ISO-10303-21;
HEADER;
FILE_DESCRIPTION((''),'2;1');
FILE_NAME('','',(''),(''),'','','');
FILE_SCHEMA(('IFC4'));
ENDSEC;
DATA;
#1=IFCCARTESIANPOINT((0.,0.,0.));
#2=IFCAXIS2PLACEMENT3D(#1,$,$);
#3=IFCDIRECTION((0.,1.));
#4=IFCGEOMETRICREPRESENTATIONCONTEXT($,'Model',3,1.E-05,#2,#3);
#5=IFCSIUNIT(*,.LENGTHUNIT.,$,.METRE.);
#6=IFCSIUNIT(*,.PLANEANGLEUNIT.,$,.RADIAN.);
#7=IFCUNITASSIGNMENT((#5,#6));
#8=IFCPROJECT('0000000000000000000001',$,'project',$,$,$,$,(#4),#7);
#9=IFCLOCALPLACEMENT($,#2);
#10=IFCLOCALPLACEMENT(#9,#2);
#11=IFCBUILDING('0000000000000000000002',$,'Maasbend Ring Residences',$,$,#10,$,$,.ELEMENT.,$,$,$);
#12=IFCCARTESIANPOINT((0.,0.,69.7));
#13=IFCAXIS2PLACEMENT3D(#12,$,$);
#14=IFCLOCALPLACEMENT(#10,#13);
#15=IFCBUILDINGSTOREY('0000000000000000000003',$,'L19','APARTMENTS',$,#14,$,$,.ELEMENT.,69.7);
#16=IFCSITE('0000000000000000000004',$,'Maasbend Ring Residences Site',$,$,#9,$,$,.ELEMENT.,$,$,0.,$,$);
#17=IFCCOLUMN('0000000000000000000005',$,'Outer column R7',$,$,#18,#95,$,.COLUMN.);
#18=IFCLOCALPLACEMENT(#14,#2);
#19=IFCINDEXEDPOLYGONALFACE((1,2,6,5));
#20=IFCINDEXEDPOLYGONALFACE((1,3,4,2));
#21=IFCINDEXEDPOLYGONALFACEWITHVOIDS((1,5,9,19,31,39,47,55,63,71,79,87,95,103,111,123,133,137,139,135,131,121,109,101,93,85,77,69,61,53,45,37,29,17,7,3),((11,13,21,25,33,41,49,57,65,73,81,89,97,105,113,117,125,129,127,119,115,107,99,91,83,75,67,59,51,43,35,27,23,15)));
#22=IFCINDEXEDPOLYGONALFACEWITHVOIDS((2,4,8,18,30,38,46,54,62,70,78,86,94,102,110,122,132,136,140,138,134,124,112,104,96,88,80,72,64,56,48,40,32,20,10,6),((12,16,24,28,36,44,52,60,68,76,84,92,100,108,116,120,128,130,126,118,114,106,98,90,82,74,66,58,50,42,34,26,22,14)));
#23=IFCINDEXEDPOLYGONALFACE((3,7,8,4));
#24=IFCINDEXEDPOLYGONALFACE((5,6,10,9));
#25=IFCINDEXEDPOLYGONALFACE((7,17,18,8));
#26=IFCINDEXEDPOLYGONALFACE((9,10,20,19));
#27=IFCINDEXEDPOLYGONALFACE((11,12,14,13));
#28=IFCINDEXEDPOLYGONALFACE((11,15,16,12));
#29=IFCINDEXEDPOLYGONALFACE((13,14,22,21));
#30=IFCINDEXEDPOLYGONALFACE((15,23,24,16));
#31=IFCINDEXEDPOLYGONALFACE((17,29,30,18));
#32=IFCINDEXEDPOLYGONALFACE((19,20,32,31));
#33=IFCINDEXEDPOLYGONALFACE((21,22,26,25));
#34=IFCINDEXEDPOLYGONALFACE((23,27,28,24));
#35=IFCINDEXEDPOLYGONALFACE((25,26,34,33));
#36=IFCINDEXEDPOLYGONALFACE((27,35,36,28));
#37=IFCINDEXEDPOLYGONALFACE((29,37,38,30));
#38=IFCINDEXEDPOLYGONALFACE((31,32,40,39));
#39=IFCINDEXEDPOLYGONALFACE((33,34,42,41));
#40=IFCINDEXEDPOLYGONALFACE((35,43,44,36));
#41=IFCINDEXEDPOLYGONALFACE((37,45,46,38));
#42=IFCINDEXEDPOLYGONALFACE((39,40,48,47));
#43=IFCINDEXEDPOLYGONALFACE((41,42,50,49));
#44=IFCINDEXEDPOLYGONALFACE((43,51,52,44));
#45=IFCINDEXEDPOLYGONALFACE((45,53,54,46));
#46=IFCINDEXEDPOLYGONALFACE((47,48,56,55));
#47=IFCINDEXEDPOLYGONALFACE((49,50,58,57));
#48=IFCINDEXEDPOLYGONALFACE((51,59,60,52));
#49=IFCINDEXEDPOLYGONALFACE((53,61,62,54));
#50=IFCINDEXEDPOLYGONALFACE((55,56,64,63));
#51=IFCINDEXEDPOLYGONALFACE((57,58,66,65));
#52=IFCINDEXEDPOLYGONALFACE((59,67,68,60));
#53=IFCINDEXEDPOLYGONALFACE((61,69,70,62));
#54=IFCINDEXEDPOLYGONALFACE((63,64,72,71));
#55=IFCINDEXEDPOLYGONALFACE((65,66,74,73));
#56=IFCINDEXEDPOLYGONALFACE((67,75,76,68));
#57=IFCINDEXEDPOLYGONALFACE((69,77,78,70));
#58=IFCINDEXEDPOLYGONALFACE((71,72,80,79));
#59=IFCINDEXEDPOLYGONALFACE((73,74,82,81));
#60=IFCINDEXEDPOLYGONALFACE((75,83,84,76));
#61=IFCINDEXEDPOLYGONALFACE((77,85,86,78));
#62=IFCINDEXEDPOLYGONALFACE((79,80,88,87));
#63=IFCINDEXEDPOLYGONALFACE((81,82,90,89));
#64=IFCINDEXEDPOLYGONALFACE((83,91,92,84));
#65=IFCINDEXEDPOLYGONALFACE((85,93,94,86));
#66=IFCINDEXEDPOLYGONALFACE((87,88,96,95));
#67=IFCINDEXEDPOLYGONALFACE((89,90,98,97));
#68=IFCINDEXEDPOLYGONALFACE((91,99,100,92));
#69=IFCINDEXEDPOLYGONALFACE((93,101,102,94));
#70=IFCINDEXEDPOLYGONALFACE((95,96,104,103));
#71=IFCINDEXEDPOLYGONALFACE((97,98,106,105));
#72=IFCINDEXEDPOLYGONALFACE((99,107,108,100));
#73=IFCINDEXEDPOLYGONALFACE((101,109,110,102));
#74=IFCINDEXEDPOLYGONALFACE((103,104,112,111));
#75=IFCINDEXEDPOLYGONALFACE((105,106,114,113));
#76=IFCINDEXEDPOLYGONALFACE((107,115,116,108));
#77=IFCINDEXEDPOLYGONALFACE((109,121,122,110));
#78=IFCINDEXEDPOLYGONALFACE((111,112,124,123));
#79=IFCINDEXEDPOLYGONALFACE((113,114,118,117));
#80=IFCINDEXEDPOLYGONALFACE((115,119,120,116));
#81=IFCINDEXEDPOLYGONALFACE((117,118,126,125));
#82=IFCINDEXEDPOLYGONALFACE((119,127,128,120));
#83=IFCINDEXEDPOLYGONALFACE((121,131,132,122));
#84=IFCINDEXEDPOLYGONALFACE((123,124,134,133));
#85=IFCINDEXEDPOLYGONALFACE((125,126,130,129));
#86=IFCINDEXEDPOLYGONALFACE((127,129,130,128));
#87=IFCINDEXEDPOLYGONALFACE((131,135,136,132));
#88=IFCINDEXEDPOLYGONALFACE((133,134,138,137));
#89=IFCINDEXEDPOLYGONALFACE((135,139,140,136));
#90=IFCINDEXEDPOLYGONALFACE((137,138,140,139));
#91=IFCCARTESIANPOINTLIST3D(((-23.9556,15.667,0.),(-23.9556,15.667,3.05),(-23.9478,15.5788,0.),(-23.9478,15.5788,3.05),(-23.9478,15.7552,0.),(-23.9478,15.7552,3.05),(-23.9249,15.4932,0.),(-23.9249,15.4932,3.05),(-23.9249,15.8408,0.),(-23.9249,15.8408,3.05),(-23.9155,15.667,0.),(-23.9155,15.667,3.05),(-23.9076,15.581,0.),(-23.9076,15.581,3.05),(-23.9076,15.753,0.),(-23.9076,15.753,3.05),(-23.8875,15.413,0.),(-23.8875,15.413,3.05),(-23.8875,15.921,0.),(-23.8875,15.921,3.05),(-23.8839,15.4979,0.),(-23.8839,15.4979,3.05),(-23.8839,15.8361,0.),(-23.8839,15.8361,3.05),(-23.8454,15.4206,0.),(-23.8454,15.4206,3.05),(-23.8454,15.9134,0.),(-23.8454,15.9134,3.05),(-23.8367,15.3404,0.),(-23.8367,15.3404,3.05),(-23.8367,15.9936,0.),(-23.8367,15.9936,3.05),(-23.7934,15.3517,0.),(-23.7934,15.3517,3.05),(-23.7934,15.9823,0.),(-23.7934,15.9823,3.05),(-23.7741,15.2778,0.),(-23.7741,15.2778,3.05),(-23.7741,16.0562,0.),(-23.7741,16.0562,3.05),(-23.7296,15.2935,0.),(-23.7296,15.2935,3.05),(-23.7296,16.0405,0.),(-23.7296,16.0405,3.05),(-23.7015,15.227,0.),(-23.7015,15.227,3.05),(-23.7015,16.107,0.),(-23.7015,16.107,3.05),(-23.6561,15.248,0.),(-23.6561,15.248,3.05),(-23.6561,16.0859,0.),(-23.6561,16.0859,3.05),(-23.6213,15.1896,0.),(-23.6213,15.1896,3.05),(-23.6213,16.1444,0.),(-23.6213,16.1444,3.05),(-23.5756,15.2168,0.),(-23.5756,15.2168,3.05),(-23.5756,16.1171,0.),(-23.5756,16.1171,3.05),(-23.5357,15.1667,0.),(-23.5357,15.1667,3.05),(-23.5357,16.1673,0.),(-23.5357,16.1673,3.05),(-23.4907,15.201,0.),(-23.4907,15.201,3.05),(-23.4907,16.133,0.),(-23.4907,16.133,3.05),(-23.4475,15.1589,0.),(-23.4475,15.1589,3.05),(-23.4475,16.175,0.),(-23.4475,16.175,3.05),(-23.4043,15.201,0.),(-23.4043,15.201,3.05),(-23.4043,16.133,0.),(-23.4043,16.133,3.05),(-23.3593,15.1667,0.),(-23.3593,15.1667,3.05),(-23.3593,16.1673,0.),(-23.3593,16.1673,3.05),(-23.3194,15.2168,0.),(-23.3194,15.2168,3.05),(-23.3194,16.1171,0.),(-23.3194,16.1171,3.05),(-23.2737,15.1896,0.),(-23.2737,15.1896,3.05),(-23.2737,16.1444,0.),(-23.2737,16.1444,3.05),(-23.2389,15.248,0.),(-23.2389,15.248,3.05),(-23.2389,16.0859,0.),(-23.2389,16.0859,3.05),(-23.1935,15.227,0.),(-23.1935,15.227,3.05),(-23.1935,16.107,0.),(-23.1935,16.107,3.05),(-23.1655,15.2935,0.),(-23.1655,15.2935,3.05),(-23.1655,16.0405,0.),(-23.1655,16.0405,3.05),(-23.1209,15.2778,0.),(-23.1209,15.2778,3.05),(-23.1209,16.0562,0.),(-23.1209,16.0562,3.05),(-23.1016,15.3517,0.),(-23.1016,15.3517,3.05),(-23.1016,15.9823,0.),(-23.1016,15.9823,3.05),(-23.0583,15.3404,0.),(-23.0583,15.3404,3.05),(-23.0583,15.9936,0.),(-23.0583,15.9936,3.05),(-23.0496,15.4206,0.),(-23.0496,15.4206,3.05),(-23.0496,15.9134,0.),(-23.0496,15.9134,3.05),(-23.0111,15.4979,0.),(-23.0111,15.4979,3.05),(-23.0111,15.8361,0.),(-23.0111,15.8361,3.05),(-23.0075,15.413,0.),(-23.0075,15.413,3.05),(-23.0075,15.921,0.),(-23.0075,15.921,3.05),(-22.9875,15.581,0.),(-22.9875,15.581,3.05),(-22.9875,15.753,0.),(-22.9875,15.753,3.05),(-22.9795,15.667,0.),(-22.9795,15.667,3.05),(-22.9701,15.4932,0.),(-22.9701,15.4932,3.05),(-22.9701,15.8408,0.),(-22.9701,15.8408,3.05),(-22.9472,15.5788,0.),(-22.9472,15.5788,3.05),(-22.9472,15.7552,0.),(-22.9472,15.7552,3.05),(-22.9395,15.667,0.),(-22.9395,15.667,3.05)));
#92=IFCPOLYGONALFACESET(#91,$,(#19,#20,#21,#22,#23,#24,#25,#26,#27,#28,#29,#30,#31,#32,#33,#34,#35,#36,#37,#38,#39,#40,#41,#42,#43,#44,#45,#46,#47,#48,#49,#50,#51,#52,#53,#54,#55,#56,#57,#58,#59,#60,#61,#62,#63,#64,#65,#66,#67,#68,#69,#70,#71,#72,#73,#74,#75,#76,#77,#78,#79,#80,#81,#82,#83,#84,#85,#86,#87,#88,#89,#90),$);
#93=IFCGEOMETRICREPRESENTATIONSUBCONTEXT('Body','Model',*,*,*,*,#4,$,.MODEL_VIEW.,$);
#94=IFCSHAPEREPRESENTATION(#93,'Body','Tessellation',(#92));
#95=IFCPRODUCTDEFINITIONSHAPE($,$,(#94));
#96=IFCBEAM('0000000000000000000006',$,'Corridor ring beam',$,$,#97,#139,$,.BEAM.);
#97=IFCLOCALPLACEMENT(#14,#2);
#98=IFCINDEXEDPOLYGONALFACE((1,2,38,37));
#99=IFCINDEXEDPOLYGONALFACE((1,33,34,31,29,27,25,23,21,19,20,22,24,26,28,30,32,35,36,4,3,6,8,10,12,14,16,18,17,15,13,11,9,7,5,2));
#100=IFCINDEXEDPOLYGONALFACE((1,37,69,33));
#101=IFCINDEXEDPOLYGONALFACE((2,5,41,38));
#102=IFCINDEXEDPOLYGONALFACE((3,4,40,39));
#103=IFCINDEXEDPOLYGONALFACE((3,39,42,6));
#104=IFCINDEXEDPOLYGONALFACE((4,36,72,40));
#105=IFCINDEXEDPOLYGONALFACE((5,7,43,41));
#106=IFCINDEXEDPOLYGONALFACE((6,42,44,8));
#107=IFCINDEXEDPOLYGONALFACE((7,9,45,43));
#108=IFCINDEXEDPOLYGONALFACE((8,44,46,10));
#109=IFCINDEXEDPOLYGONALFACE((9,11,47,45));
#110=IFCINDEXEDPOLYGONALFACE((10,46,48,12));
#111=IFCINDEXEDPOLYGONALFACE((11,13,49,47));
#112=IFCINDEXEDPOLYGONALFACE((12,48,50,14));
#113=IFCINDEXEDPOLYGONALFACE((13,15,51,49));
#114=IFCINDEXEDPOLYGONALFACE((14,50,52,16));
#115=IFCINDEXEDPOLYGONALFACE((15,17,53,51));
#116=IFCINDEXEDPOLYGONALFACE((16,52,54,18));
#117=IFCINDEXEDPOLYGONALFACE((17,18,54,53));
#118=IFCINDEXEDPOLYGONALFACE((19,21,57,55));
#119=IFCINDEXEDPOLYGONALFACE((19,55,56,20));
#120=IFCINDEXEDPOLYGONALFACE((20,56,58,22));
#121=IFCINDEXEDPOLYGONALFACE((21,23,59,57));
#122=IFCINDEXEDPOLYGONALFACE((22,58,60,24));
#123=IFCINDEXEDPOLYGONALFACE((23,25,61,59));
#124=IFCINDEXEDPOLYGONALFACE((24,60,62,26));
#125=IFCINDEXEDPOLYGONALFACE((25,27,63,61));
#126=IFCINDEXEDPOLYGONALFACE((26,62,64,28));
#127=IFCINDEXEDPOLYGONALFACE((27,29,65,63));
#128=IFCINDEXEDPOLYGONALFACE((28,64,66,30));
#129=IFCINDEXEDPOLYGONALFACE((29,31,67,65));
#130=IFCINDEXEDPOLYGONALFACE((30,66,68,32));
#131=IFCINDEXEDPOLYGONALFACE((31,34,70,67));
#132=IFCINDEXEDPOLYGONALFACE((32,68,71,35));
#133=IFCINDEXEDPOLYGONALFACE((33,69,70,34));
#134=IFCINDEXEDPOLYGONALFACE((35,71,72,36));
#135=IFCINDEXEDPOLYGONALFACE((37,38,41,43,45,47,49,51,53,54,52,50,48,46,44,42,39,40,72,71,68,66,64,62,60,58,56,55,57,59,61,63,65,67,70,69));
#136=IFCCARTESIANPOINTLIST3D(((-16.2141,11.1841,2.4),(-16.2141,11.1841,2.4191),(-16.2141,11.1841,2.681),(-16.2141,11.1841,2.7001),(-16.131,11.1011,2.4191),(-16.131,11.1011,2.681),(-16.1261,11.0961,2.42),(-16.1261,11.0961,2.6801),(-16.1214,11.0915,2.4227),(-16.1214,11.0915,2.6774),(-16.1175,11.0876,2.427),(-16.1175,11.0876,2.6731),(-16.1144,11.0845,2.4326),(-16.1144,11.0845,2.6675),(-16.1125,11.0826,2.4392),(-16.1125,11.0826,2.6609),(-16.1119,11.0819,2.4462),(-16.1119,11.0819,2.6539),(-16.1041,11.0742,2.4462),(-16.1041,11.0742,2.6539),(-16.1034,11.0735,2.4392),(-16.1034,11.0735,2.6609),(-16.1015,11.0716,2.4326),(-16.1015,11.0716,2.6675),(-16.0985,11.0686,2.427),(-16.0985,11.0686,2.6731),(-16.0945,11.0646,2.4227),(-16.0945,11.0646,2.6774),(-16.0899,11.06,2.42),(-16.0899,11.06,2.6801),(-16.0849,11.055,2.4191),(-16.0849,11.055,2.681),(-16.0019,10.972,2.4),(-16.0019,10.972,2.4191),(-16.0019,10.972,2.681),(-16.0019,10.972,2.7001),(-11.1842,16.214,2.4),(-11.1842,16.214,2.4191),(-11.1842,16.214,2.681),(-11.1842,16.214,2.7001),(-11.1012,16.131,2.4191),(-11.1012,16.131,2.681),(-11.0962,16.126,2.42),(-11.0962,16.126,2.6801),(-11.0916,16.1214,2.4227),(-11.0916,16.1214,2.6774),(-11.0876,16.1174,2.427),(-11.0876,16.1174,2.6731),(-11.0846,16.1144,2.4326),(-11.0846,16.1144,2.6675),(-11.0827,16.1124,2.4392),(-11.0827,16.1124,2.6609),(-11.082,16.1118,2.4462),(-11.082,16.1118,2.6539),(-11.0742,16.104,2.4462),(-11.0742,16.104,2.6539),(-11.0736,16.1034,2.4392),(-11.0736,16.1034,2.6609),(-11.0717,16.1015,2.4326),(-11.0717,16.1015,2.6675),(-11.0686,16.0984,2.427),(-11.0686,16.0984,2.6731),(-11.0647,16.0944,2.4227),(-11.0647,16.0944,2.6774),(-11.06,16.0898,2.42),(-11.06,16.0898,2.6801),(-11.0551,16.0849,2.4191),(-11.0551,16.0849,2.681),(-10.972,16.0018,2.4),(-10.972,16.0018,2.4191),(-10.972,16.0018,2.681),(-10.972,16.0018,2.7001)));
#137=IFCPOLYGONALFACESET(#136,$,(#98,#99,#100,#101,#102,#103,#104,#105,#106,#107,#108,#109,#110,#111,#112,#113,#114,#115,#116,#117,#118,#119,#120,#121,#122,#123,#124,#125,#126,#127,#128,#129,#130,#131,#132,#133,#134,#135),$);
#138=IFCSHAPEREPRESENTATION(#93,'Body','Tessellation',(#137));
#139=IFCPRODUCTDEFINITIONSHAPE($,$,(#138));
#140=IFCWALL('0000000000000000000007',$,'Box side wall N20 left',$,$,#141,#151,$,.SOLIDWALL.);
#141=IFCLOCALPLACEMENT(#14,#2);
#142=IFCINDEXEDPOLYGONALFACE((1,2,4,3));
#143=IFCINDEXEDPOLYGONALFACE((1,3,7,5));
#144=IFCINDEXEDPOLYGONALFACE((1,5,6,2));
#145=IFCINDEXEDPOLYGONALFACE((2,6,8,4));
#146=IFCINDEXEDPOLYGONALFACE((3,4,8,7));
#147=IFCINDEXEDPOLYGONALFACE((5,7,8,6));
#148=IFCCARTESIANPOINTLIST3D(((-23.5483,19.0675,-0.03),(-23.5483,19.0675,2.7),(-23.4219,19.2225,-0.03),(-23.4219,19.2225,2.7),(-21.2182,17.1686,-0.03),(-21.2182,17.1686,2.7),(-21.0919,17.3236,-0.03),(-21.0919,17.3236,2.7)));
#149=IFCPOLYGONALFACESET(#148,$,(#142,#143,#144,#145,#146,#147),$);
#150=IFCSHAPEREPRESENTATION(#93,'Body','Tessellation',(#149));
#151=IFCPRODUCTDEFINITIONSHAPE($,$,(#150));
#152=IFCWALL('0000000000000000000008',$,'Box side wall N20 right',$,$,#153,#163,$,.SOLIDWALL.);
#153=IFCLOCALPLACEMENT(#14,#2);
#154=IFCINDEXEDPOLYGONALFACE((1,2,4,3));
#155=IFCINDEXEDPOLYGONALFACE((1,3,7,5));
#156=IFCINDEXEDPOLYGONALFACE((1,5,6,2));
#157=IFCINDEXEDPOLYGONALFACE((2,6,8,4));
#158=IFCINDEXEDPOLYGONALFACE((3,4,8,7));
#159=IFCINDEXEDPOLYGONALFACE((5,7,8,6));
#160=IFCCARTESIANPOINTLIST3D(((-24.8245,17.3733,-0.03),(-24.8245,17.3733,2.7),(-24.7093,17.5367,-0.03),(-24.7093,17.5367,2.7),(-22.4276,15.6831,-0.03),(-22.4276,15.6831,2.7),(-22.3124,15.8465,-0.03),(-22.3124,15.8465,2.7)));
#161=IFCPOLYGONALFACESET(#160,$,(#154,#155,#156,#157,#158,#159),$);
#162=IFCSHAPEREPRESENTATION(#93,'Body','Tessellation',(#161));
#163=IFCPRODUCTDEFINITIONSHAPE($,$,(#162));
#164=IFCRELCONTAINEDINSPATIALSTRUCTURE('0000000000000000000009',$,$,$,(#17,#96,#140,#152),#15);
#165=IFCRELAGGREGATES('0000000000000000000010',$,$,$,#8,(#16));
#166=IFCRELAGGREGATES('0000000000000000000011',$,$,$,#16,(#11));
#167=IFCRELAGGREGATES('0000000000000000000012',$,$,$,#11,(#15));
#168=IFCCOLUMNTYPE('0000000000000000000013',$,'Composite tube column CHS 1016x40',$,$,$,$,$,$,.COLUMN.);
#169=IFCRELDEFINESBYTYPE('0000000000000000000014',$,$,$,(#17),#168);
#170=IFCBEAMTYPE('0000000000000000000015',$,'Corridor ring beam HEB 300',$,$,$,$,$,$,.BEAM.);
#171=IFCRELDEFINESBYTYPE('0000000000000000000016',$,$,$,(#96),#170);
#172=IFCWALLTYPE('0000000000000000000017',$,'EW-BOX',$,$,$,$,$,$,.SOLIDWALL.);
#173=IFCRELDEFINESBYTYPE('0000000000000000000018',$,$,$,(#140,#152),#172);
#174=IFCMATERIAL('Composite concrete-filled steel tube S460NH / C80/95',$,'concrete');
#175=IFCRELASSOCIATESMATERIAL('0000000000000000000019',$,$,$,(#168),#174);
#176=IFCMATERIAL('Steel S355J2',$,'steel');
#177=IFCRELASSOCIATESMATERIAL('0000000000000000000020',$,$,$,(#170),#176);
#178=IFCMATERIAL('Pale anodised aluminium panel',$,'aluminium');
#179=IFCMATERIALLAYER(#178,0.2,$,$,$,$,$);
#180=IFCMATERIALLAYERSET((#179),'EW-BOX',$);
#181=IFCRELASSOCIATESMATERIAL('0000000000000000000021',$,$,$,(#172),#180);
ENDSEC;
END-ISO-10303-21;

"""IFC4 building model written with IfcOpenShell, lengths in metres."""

from ifc_helpers import new_model, si_unit, direction, frame, frame_2d, origin, origin_2d, place, context, subcontext, project, spatial, rectangle, hollow_circle, i_section, extrude, material, layer, layer_set, material_profile, profile_set, type_object, element, save


model = new_model("IFC4")

# Units and contexts
model_context = context("Model", 3, precision=1e-05, world=origin(), true_north=direction((0.0, 1.0)))
body_context = subcontext(model_context, "Body", "Model", "MODEL_VIEW")
ifc_project = project(units=[si_unit("LENGTHUNIT", "METRE"), si_unit("PLANEANGLEUNIT", "RADIAN")], contexts=[model_context])

# Site, building, storey
site_placement = place(None, origin())
site = spatial("IfcSite", under=ifc_project, at=site_placement, Name="Maasbend Ring Residences Site", CompositionType="ELEMENT", RefElevation=0.0)
building_placement = place(site_placement, origin())
building = spatial("IfcBuilding", under=site, at=building_placement, Name="Maasbend Ring Residences", CompositionType="ELEMENT")
storey_placement = place(building_placement, frame((0.0, 0.0, 69.7)))
storey = spatial("IfcBuildingStorey", under=building, at=storey_placement, Name="L19", Description="APARTMENTS", CompositionType="ELEMENT", Elevation=69.7)

# Column
ifc_material_1 = material(Name="Composite concrete-filled steel tube S460NH / C80/95", Category="concrete")
ifc_material_profile_1 = material_profile(ifc_material_1, hollow_circle(Radius=0.5081, WallThickness=0.04, at=origin_2d()), Name="Composite tube column CHS 1016x40")
ifc_profile_set_1 = profile_set([ifc_material_profile_1], Name="Composite concrete-filled steel tube S460NH / C80/95")
column_type = type_object("IfcColumnType", Name="Composite tube column CHS 1016x40", PredefinedType="COLUMN", material=ifc_profile_set_1)
column_placement = place(storey_placement, frame((-23.4475, 15.667, 0.0), z_axis=(0.0, 0.0, 1.0), x_axis=(1.0, 0.0, 0.0)))
element("IfcColumn", 1, at=column_placement, inside=storey, type_object=column_type, Name="Outer column R7", PredefinedType="COLUMN", context=body_context, shape_type="SweptSolid", body=[
    extrude(hollow_circle(Radius=0.5081, WallThickness=0.04, at=origin_2d()), origin(), (0.0, 0.0, 1.0), 3.05),
])

# Beam
ifc_material_2 = material(Name="Steel S355J2", Category="steel")
ifc_material_profile_2 = material_profile(ifc_material_2, i_section(OverallWidth=0.3, OverallDepth=0.3, WebThickness=0.011, FlangeThickness=0.019, FilletRadius=0.0271, at=origin_2d()), Name="HEB 300")
ifc_profile_set_2 = profile_set([ifc_material_profile_2], Name="Steel S355J2")
beam_type = type_object("IfcBeamType", Name="Corridor ring beam HEB 300", PredefinedType="BEAM", material=ifc_profile_set_2)
beam_placement = place(storey_placement, frame((-11.0781, 16.1079, 2.55), z_axis=(-0.707107, -0.707107, 0.0), x_axis=(0.707107, -0.707107, 0.0)))
element("IfcBeam", 2, at=beam_placement, inside=storey, type_object=beam_type, Name="Corridor ring beam", PredefinedType="BEAM", context=body_context, shape_type="SweptSolid", body=[
    extrude(i_section(OverallWidth=0.3, OverallDepth=0.3, WebThickness=0.011, FlangeThickness=0.019, FilletRadius=0.0271, at=origin_2d()), origin(), (0.0, 0.0, 1.0), 7.1133),
])

# Walls
ifc_material_3 = material(Name="Pale anodised aluminium panel", Category="aluminium")
ifc_layer_1 = layer(ifc_material_3, 0.2)
ifc_layer_set_1 = layer_set([ifc_layer_1], Name="EW-BOX")
wall_type_1 = type_object("IfcWallType", Name="EW-BOX", PredefinedType="SOLIDWALL", material=ifc_layer_set_1)
wall_1_placement = place(storey_placement, frame((-21.155, 17.2461, -0.03), z_axis=(0.0, 0.0, 1.0), x_axis=(-0.775179, 0.631742, 0.0)))
element("IfcWall", 3, at=wall_1_placement, inside=storey, type_object=wall_type_1, Name="Box side wall N20 left", PredefinedType="SOLIDWALL", context=body_context, shape_type="SweptSolid", body=[
    extrude(rectangle(XDim=3.0059, YDim=0.2, at=frame_2d((1.5029, 0.0))), origin(), (0.0, 0.0, 1.0), 2.73),
])
wall_2_placement = place(storey_placement, frame((-22.3701, 15.7649, -0.03), z_axis=(0.0, 0.0, 1.0), x_axis=(-0.817256, 0.576275, 0.0)))
element("IfcWall", 4, at=wall_2_placement, inside=storey, type_object=wall_type_1, Name="Box side wall N20 right", PredefinedType="SOLIDWALL", context=body_context, shape_type="SweptSolid", body=[
    extrude(rectangle(XDim=2.9329, YDim=0.2, at=frame_2d((1.4663, 0.0))), origin(), (0.0, 0.0, 1.0), 2.73),
])

save(model, "model.ifc")
